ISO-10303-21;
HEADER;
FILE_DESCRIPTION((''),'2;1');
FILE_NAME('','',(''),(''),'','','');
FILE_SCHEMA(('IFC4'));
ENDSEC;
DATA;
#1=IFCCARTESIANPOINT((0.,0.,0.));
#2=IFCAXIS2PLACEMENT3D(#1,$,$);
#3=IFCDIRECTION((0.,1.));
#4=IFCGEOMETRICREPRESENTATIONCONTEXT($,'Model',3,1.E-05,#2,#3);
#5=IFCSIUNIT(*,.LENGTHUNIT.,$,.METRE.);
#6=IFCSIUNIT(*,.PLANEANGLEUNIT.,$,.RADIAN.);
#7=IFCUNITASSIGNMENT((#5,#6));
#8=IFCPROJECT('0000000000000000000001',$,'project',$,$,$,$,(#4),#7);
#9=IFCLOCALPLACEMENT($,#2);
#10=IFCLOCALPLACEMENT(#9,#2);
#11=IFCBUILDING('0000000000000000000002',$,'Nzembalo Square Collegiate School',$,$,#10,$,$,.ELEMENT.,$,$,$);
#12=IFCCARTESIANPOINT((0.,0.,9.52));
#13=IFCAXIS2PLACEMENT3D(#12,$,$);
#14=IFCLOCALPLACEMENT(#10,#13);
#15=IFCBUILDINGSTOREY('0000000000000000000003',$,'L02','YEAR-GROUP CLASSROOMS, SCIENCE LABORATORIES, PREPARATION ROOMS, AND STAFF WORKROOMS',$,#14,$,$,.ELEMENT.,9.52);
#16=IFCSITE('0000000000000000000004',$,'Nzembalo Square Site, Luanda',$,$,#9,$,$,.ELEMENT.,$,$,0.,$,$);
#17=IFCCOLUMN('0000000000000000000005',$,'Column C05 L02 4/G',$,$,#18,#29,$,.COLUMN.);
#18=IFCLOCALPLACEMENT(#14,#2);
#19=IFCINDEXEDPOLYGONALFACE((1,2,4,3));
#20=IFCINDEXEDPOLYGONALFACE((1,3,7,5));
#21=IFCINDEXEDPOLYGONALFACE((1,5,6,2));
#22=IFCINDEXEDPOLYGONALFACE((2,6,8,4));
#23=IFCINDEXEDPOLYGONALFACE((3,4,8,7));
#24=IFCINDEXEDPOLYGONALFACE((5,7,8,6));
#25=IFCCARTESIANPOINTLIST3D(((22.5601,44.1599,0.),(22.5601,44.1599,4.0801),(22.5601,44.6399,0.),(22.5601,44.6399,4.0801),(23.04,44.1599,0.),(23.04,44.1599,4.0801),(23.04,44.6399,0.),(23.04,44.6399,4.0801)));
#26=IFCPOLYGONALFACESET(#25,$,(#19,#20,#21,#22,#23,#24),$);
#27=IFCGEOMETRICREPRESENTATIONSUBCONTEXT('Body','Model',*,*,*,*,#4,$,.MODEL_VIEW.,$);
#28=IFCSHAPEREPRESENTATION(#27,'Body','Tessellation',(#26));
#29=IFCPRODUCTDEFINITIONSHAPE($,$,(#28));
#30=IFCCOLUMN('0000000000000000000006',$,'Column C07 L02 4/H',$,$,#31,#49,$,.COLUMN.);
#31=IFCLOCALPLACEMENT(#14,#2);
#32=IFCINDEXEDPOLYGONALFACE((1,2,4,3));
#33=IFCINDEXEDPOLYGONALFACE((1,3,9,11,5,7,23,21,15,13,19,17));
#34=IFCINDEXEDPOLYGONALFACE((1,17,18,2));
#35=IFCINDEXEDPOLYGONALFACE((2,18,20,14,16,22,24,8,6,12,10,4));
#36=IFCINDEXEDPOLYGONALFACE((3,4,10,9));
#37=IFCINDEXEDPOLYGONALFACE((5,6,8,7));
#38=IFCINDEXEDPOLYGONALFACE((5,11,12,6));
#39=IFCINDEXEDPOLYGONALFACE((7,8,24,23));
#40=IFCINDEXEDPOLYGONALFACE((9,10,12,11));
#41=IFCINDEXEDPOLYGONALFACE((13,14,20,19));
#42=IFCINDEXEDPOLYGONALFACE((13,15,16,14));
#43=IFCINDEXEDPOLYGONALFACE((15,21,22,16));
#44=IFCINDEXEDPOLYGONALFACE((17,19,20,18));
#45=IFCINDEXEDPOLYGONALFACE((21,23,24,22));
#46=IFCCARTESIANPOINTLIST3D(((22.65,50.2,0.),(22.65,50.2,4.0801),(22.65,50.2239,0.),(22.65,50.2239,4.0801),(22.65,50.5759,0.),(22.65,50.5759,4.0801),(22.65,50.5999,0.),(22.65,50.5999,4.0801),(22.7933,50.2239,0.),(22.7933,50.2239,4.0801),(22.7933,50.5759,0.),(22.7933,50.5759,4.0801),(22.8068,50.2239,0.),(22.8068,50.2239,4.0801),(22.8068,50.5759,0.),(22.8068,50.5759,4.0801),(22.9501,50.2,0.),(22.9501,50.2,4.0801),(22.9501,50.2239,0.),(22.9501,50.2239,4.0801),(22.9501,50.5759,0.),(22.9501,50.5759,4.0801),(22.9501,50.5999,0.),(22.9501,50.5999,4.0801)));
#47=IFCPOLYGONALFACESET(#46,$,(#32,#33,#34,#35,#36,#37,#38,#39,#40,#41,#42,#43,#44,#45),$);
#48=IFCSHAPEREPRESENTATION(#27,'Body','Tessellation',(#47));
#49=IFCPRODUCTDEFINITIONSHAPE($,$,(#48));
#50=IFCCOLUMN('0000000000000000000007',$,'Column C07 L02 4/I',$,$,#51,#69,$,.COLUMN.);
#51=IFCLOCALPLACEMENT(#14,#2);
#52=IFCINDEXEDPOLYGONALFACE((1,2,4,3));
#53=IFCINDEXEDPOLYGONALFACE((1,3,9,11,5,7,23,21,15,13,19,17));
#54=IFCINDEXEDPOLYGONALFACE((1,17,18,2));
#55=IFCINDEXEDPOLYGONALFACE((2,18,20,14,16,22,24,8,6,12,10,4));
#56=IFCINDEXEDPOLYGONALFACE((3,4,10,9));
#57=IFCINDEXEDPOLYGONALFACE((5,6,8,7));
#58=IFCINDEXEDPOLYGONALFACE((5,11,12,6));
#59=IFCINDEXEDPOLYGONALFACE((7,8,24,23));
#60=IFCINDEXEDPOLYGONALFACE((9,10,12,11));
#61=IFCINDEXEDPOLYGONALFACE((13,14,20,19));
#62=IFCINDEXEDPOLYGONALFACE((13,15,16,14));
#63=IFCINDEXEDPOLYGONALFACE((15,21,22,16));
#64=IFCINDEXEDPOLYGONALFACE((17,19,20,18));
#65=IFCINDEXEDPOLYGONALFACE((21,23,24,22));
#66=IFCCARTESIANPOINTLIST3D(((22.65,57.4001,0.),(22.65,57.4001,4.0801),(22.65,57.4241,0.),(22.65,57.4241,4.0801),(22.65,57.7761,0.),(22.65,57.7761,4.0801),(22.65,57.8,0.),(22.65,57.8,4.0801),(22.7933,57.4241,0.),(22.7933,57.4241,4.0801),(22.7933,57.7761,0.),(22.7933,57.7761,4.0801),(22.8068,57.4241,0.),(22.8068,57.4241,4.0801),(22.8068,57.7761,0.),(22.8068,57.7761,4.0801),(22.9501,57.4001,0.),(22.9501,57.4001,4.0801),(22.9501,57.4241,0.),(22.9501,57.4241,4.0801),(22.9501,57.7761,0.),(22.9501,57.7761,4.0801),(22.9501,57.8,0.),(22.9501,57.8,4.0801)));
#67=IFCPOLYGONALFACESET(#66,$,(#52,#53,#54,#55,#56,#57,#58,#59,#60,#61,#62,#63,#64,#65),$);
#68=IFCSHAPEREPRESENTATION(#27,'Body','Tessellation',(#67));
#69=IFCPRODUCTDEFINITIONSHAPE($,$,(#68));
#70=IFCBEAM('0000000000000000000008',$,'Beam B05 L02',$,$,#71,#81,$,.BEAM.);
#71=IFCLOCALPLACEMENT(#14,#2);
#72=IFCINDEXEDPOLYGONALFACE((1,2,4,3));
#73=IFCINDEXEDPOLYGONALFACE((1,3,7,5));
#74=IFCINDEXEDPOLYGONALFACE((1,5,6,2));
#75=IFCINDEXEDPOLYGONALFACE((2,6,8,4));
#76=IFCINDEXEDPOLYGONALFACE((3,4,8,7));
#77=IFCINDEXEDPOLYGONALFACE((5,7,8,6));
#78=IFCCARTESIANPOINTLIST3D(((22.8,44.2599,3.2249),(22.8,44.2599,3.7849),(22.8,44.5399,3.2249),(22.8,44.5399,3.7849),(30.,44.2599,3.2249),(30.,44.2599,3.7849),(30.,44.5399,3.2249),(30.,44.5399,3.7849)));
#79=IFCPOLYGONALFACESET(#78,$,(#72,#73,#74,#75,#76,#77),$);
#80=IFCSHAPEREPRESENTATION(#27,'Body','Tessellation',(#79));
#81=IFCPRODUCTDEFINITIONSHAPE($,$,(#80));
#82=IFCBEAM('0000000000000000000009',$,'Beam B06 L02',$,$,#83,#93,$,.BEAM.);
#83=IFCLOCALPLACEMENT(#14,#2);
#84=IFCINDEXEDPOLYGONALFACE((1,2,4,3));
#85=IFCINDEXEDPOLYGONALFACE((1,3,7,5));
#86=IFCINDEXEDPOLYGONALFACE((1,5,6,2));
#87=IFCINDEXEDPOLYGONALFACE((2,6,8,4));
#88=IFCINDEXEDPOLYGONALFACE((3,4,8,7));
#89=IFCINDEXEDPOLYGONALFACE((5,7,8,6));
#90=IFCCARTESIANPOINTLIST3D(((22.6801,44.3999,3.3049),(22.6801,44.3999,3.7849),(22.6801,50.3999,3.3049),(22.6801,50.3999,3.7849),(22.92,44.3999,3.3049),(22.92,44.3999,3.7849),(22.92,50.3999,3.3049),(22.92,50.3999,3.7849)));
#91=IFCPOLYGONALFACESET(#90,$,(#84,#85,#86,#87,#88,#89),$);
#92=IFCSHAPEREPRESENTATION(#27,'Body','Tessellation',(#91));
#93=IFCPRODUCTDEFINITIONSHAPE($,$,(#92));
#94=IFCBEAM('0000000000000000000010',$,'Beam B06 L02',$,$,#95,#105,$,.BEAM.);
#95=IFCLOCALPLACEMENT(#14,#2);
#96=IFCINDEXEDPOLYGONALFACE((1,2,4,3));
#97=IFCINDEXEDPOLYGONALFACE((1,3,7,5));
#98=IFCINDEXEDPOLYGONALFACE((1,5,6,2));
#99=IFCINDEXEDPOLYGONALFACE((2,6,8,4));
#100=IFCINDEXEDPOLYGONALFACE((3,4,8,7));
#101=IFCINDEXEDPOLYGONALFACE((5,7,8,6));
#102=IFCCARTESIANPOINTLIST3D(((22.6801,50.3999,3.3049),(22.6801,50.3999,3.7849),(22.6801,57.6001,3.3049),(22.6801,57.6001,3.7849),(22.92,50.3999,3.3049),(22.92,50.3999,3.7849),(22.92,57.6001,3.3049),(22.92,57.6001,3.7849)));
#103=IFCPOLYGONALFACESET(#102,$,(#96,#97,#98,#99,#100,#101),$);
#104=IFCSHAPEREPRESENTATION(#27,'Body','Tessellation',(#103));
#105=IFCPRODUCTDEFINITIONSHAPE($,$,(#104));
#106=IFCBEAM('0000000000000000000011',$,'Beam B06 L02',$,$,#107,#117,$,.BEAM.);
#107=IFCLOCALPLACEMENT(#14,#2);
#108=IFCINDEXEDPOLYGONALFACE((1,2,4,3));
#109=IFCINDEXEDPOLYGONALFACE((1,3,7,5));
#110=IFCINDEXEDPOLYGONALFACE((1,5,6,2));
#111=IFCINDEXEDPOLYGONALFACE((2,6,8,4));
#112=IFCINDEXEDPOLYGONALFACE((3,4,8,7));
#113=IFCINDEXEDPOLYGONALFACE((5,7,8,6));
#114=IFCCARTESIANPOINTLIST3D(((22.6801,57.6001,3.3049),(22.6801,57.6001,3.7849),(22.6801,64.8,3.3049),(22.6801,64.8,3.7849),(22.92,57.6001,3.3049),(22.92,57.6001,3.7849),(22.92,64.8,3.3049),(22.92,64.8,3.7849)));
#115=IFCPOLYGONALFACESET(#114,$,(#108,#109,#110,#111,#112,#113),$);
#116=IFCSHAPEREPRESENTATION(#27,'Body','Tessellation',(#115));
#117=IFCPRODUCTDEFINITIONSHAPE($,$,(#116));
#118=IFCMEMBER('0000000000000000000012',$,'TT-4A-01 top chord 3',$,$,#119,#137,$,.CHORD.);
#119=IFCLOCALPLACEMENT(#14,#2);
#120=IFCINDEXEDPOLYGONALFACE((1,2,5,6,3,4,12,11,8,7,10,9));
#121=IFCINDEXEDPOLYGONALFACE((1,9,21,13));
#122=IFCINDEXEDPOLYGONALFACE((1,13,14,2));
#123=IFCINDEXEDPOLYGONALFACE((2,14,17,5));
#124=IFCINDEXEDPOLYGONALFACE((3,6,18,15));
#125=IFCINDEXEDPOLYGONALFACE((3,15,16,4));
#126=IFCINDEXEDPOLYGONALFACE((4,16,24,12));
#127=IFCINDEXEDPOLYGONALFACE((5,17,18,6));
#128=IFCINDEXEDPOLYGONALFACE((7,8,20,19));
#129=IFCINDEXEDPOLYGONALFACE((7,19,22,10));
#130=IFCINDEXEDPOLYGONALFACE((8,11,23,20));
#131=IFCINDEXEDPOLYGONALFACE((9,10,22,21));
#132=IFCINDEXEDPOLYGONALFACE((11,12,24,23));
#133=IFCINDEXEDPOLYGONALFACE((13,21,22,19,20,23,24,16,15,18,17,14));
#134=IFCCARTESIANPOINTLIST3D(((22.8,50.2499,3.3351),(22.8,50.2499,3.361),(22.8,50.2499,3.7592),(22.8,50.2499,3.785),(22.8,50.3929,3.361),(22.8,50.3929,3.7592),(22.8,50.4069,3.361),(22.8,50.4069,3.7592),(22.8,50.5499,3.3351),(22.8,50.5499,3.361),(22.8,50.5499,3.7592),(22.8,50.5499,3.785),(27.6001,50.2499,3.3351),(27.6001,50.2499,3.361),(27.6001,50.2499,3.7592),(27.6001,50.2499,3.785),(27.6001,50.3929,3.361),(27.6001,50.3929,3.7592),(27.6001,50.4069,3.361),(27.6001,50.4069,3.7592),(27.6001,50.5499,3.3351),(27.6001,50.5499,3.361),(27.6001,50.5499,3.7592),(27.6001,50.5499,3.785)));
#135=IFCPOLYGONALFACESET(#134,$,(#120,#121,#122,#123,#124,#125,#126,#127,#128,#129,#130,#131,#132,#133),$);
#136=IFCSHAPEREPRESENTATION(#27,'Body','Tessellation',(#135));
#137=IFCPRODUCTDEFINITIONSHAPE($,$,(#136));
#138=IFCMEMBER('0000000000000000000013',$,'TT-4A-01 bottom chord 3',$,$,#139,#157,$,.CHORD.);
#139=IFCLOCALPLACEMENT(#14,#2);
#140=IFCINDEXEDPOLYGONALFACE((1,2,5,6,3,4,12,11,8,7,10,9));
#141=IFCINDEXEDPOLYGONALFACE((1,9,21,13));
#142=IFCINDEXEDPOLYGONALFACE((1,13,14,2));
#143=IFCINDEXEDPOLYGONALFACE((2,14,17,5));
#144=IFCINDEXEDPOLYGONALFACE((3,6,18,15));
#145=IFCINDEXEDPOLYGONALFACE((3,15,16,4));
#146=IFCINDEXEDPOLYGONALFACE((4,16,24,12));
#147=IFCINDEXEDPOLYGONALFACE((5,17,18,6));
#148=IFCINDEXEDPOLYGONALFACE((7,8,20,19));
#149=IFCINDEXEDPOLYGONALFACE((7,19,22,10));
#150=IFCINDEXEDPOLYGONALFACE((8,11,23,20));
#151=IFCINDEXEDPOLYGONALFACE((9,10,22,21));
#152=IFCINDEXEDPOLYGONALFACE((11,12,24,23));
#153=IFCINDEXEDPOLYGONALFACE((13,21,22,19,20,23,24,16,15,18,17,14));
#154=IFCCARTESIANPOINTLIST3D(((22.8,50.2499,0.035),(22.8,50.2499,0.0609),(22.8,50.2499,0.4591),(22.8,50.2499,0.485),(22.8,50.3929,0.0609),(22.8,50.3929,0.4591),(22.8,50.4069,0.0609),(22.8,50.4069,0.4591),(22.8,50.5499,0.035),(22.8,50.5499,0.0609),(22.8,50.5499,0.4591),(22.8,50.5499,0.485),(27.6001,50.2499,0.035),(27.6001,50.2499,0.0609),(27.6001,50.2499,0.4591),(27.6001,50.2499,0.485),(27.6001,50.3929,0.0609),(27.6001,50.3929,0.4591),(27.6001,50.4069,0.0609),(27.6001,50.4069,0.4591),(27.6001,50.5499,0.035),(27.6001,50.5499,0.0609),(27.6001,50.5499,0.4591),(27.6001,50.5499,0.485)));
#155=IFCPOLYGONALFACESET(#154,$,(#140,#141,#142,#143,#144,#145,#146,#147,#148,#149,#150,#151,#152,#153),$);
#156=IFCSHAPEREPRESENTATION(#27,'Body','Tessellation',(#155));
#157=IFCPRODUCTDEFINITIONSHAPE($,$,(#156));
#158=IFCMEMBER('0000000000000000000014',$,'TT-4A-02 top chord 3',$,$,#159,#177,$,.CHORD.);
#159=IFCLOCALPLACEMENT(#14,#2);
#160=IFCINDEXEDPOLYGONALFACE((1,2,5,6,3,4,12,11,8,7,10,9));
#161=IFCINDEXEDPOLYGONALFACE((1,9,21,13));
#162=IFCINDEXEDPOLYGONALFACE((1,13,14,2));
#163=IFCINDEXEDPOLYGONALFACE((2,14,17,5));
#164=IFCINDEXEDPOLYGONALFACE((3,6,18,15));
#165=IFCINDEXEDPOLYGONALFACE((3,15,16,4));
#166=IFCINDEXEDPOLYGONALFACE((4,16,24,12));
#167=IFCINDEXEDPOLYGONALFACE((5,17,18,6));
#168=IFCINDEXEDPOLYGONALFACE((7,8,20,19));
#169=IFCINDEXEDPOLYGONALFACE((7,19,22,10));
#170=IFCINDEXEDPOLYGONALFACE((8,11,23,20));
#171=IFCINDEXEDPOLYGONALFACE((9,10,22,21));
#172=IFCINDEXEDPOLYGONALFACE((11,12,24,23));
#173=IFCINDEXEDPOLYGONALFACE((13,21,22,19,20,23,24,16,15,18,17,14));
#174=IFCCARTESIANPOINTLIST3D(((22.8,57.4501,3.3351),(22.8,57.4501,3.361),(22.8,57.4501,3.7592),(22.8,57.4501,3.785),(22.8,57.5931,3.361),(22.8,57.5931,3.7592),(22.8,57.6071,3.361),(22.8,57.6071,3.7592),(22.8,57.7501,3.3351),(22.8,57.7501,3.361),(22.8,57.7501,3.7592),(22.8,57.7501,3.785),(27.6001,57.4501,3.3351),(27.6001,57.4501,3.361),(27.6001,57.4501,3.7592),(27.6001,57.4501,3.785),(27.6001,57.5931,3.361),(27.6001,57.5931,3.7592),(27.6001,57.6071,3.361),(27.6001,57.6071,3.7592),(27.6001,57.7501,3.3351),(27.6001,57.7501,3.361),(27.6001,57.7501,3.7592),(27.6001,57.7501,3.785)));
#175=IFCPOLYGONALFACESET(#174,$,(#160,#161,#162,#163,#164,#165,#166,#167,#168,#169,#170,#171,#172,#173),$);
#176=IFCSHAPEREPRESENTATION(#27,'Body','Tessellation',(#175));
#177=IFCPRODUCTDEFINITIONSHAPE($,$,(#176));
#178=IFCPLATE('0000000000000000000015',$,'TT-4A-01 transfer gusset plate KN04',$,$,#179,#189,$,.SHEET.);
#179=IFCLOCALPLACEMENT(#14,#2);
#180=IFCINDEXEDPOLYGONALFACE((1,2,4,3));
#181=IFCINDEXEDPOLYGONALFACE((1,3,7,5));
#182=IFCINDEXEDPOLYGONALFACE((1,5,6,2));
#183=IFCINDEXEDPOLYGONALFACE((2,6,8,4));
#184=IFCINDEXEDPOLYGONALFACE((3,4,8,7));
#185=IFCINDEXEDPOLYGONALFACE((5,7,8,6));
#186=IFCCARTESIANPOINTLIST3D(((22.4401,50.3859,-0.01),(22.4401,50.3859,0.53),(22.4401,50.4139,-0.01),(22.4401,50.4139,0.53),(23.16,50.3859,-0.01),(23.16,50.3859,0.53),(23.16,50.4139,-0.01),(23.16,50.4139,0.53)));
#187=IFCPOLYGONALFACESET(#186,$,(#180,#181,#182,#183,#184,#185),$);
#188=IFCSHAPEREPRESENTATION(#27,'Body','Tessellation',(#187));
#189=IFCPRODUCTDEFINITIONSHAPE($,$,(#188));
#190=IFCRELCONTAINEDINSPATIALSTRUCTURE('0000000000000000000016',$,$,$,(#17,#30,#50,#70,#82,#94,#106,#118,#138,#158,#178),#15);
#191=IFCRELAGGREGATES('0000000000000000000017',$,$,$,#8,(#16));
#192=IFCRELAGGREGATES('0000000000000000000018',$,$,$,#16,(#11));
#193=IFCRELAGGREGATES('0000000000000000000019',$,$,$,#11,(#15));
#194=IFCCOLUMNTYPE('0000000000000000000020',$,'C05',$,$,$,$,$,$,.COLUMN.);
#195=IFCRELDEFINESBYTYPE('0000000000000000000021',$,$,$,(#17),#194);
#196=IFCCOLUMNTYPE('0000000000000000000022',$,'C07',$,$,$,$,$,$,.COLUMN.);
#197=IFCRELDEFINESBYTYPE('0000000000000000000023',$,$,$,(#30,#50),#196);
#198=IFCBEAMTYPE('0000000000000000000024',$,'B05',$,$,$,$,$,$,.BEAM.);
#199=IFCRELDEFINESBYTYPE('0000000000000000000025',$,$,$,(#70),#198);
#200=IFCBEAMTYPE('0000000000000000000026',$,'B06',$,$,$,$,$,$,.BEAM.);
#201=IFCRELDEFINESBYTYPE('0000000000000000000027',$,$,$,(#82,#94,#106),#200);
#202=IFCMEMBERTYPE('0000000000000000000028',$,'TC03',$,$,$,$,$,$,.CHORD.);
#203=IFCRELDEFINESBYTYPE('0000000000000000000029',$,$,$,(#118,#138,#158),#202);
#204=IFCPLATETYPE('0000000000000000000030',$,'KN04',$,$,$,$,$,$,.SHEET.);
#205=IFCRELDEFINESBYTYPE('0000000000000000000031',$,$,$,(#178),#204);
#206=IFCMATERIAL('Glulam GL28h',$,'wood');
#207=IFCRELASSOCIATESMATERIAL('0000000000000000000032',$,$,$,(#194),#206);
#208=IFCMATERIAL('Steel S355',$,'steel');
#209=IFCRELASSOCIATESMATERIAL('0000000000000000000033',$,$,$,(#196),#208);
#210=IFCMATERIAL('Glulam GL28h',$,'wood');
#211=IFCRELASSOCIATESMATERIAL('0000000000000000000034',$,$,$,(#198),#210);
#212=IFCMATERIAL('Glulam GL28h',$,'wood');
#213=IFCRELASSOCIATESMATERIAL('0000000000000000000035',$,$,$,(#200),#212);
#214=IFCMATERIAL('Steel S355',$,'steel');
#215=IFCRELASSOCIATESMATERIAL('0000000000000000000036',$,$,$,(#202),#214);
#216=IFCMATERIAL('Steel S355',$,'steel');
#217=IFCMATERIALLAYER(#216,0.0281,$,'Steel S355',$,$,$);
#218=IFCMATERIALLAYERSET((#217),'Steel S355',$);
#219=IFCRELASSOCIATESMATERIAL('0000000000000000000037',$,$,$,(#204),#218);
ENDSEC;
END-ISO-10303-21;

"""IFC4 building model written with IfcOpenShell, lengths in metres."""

from ifc_helpers import new_model, si_unit, direction, frame, origin, origin_2d, place, context, subcontext, project, spatial, rectangle, i_section, extrude, material, layer, layer_set, material_profile, profile_set, type_object, element, save


model = new_model("IFC4")

# Units and contexts
model_context = context("Model", 3, precision=1e-05, world=origin(), true_north=direction((0.0, 1.0)))
body_context = subcontext(model_context, "Body", "Model", "MODEL_VIEW")
ifc_project = project(units=[si_unit("LENGTHUNIT", "METRE"), si_unit("PLANEANGLEUNIT", "RADIAN")], contexts=[model_context])

# Site, building, storey
site_placement = place(None, origin())
site = spatial("IfcSite", under=ifc_project, at=site_placement, Name="Nzembalo Square Site, Luanda", CompositionType="ELEMENT", RefElevation=0.0)
building_placement = place(site_placement, origin())
building = spatial("IfcBuilding", under=site, at=building_placement, Name="Nzembalo Square Collegiate School", CompositionType="ELEMENT")
storey_placement = place(building_placement, frame((0.0, 0.0, 9.52)))
storey = spatial("IfcBuildingStorey", under=building, at=storey_placement, Name="L02", Description="YEAR-GROUP CLASSROOMS, SCIENCE LABORATORIES, PREPARATION ROOMS, AND STAFF WORKROOMS", CompositionType="ELEMENT", Elevation=9.52)

# Columns
ifc_material_1 = material(Name="Glulam GL28h", Category="wood")
ifc_material_profile_1 = material_profile(ifc_material_1, rectangle(XDim=0.48, YDim=0.48, at=origin_2d()), Name="GL28h 480x480")
ifc_profile_set_1 = profile_set([ifc_material_profile_1], Name="Glulam GL28h")
column_type_1 = type_object("IfcColumnType", Name="C05", PredefinedType="COLUMN", material=ifc_profile_set_1)
column_placement = place(storey_placement, frame((22.8, 44.3999, 0.0), z_axis=(0.0, 0.0, 1.0), x_axis=(1.0, 0.0, 0.0)))
element("IfcColumn", 1, at=column_placement, inside=storey, type_object=column_type_1, Name="Column C05 L02 4/G", PredefinedType="COLUMN", context=body_context, shape_type="SweptSolid", body=[
    extrude(rectangle(XDim=0.48, YDim=0.48, at=origin_2d()), origin(), (0.0, 0.0, 1.0), 4.0801),
])
ifc_material_2 = material(Name="Steel S355", Category="steel")
ifc_material_profile_2 = material_profile(ifc_material_2, i_section(OverallWidth=0.3, OverallDepth=0.3999, WebThickness=0.0134, FlangeThickness=0.0239, at=origin_2d()), Name="HEB 400")
ifc_profile_set_2 = profile_set([ifc_material_profile_2], Name="Steel S355")
column_type_2 = type_object("IfcColumnType", Name="C07", PredefinedType="COLUMN", material=ifc_profile_set_2)
for number, where, z_axis, x_axis, name in (
    (2, (22.8, 50.3999, 0.0), (0.0, 0.0, 1.0), (1.0, 0.0, 0.0), "Column C07 L02 4/H"),
    (3, (22.8, 57.6001, 0.0), (0.0, 0.0, 1.0), (1.0, 0.0, 0.0), "Column C07 L02 4/I"),
):
    element("IfcColumn", number, at=place(storey_placement, frame(where, z_axis=z_axis, x_axis=x_axis)), inside=storey, type_object=column_type_2, Name=name, PredefinedType="COLUMN", context=body_context, shape_type="SweptSolid", body=[
        extrude(i_section(OverallWidth=0.3, OverallDepth=0.3999, WebThickness=0.0134, FlangeThickness=0.0239, at=origin_2d()), origin(), (0.0, 0.0, 1.0), 4.0801),
    ])

# Beams
ifc_material_3 = material(Name="Glulam GL28h", Category="wood")
ifc_material_profile_3 = material_profile(ifc_material_3, rectangle(XDim=0.28, YDim=0.5601, at=origin_2d()), Name="GL28h 280x560")
ifc_profile_set_3 = profile_set([ifc_material_profile_3], Name="Glulam GL28h")
beam_type_1 = type_object("IfcBeamType", Name="B05", PredefinedType="BEAM", material=ifc_profile_set_3)
beam_1_placement = place(storey_placement, frame((22.8, 44.3999, 3.5049), z_axis=(1.0, 0.0, 0.0), x_axis=(0.0, 1.0, 0.0)))
element("IfcBeam", 4, at=beam_1_placement, inside=storey, type_object=beam_type_1, Name="Beam B05 L02", PredefinedType="BEAM", context=body_context, shape_type="SweptSolid", body=[
    extrude(rectangle(XDim=0.28, YDim=0.5601, at=origin_2d()), origin(), (0.0, 0.0, 1.0), 7.2),
])
ifc_material_4 = material(Name="Glulam GL28h", Category="wood")
ifc_material_profile_4 = material_profile(ifc_material_4, rectangle(XDim=0.24, YDim=0.48, at=origin_2d()), Name="GL28h 240x480")
ifc_profile_set_4 = profile_set([ifc_material_profile_4], Name="Glulam GL28h")
beam_type_2 = type_object("IfcBeamType", Name="B06", PredefinedType="BEAM", material=ifc_profile_set_4)
beam_2_placement = place(storey_placement, frame((22.8, 44.3999, 3.5449), z_axis=(0.0, 1.0, 0.0), x_axis=(-1.0, 0.0, 0.0)))
element("IfcBeam", 5, at=beam_2_placement, inside=storey, type_object=beam_type_2, Name="Beam B06 L02", PredefinedType="BEAM", context=body_context, shape_type="SweptSolid", body=[
    extrude(rectangle(XDim=0.24, YDim=0.48, at=origin_2d()), origin(), (0.0, 0.0, 1.0), 6.0),
])
beam_3_placement = place(storey_placement, frame((22.8, 50.3999, 3.5449), z_axis=(0.0, 1.0, 0.0), x_axis=(-1.0, 0.0, 0.0)))
element("IfcBeam", 6, at=beam_3_placement, inside=storey, type_object=beam_type_2, Name="Beam B06 L02", PredefinedType="BEAM", context=body_context, shape_type="SweptSolid", body=[
    extrude(rectangle(XDim=0.24, YDim=0.48, at=origin_2d()), origin(), (0.0, 0.0, 1.0), 7.2002),
])
beam_4_placement = place(storey_placement, frame((22.8, 57.6001, 3.5449), z_axis=(0.0, 1.0, 0.0), x_axis=(-1.0, 0.0, 0.0)))
element("IfcBeam", 7, at=beam_4_placement, inside=storey, type_object=beam_type_2, Name="Beam B06 L02", PredefinedType="BEAM", context=body_context, shape_type="SweptSolid", body=[
    extrude(rectangle(XDim=0.24, YDim=0.48, at=origin_2d()), origin(), (0.0, 0.0, 1.0), 7.2),
])

# Members
ifc_material_5 = material(Name="Steel S355", Category="steel")
ifc_material_profile_5 = material_profile(ifc_material_5, i_section(OverallWidth=0.3, OverallDepth=0.45, WebThickness=0.0139, FlangeThickness=0.0259, at=origin_2d()), Name="HEB 450")
ifc_profile_set_5 = profile_set([ifc_material_profile_5], Name="Steel S355")
member_type = type_object("IfcMemberType", Name="TC03", PredefinedType="CHORD", material=ifc_profile_set_5)
for number, where, z_axis, x_axis, name in (
    (8, (22.8, 50.3999, 3.5601), (1.0, 0.0, 0.0), (0.0, 1.0, 0.0), "TT-4A-01 top chord 3"),
    (9, (22.8, 50.3999, 0.26), (1.0, 0.0, 0.0), (0.0, 1.0, 0.0), "TT-4A-01 bottom chord 3"),
    (10, (22.8, 57.6001, 3.5601), (1.0, 0.0, 0.0), (0.0, 1.0, 0.0), "TT-4A-02 top chord 3"),
):
    element("IfcMember", number, at=place(storey_placement, frame(where, z_axis=z_axis, x_axis=x_axis)), inside=storey, type_object=member_type, Name=name, PredefinedType="CHORD", context=body_context, shape_type="SweptSolid", body=[
        extrude(i_section(OverallWidth=0.3, OverallDepth=0.45, WebThickness=0.0139, FlangeThickness=0.0259, at=origin_2d()), origin(), (0.0, 0.0, 1.0), 4.8),
    ])

# Plate
ifc_material_6 = material(Name="Steel S355", Category="steel")
ifc_layer_1 = layer(ifc_material_6, 0.0281, Name="Steel S355")
ifc_layer_set_1 = layer_set([ifc_layer_1], Name="Steel S355")
plate_type_1 = type_object("IfcPlateType", Name="KN04", PredefinedType="SHEET", material=ifc_layer_set_1)
plate_1_placement = place(storey_placement, frame((22.8, 50.3999, -0.01), z_axis=(0.0, 0.0, 1.0), x_axis=(1.0, 0.0, 0.0)))
element("IfcPlate", 11, at=plate_1_placement, inside=storey, type_object=plate_type_1, Name="TT-4A-01 transfer gusset plate KN04", PredefinedType="SHEET", context=body_context, shape_type="SweptSolid", body=[
    extrude(rectangle(XDim=0.72, YDim=0.0281, at=origin_2d()), origin(), (0.0, 0.0, 1.0), 0.54),
])

save(model, "model.ifc")
